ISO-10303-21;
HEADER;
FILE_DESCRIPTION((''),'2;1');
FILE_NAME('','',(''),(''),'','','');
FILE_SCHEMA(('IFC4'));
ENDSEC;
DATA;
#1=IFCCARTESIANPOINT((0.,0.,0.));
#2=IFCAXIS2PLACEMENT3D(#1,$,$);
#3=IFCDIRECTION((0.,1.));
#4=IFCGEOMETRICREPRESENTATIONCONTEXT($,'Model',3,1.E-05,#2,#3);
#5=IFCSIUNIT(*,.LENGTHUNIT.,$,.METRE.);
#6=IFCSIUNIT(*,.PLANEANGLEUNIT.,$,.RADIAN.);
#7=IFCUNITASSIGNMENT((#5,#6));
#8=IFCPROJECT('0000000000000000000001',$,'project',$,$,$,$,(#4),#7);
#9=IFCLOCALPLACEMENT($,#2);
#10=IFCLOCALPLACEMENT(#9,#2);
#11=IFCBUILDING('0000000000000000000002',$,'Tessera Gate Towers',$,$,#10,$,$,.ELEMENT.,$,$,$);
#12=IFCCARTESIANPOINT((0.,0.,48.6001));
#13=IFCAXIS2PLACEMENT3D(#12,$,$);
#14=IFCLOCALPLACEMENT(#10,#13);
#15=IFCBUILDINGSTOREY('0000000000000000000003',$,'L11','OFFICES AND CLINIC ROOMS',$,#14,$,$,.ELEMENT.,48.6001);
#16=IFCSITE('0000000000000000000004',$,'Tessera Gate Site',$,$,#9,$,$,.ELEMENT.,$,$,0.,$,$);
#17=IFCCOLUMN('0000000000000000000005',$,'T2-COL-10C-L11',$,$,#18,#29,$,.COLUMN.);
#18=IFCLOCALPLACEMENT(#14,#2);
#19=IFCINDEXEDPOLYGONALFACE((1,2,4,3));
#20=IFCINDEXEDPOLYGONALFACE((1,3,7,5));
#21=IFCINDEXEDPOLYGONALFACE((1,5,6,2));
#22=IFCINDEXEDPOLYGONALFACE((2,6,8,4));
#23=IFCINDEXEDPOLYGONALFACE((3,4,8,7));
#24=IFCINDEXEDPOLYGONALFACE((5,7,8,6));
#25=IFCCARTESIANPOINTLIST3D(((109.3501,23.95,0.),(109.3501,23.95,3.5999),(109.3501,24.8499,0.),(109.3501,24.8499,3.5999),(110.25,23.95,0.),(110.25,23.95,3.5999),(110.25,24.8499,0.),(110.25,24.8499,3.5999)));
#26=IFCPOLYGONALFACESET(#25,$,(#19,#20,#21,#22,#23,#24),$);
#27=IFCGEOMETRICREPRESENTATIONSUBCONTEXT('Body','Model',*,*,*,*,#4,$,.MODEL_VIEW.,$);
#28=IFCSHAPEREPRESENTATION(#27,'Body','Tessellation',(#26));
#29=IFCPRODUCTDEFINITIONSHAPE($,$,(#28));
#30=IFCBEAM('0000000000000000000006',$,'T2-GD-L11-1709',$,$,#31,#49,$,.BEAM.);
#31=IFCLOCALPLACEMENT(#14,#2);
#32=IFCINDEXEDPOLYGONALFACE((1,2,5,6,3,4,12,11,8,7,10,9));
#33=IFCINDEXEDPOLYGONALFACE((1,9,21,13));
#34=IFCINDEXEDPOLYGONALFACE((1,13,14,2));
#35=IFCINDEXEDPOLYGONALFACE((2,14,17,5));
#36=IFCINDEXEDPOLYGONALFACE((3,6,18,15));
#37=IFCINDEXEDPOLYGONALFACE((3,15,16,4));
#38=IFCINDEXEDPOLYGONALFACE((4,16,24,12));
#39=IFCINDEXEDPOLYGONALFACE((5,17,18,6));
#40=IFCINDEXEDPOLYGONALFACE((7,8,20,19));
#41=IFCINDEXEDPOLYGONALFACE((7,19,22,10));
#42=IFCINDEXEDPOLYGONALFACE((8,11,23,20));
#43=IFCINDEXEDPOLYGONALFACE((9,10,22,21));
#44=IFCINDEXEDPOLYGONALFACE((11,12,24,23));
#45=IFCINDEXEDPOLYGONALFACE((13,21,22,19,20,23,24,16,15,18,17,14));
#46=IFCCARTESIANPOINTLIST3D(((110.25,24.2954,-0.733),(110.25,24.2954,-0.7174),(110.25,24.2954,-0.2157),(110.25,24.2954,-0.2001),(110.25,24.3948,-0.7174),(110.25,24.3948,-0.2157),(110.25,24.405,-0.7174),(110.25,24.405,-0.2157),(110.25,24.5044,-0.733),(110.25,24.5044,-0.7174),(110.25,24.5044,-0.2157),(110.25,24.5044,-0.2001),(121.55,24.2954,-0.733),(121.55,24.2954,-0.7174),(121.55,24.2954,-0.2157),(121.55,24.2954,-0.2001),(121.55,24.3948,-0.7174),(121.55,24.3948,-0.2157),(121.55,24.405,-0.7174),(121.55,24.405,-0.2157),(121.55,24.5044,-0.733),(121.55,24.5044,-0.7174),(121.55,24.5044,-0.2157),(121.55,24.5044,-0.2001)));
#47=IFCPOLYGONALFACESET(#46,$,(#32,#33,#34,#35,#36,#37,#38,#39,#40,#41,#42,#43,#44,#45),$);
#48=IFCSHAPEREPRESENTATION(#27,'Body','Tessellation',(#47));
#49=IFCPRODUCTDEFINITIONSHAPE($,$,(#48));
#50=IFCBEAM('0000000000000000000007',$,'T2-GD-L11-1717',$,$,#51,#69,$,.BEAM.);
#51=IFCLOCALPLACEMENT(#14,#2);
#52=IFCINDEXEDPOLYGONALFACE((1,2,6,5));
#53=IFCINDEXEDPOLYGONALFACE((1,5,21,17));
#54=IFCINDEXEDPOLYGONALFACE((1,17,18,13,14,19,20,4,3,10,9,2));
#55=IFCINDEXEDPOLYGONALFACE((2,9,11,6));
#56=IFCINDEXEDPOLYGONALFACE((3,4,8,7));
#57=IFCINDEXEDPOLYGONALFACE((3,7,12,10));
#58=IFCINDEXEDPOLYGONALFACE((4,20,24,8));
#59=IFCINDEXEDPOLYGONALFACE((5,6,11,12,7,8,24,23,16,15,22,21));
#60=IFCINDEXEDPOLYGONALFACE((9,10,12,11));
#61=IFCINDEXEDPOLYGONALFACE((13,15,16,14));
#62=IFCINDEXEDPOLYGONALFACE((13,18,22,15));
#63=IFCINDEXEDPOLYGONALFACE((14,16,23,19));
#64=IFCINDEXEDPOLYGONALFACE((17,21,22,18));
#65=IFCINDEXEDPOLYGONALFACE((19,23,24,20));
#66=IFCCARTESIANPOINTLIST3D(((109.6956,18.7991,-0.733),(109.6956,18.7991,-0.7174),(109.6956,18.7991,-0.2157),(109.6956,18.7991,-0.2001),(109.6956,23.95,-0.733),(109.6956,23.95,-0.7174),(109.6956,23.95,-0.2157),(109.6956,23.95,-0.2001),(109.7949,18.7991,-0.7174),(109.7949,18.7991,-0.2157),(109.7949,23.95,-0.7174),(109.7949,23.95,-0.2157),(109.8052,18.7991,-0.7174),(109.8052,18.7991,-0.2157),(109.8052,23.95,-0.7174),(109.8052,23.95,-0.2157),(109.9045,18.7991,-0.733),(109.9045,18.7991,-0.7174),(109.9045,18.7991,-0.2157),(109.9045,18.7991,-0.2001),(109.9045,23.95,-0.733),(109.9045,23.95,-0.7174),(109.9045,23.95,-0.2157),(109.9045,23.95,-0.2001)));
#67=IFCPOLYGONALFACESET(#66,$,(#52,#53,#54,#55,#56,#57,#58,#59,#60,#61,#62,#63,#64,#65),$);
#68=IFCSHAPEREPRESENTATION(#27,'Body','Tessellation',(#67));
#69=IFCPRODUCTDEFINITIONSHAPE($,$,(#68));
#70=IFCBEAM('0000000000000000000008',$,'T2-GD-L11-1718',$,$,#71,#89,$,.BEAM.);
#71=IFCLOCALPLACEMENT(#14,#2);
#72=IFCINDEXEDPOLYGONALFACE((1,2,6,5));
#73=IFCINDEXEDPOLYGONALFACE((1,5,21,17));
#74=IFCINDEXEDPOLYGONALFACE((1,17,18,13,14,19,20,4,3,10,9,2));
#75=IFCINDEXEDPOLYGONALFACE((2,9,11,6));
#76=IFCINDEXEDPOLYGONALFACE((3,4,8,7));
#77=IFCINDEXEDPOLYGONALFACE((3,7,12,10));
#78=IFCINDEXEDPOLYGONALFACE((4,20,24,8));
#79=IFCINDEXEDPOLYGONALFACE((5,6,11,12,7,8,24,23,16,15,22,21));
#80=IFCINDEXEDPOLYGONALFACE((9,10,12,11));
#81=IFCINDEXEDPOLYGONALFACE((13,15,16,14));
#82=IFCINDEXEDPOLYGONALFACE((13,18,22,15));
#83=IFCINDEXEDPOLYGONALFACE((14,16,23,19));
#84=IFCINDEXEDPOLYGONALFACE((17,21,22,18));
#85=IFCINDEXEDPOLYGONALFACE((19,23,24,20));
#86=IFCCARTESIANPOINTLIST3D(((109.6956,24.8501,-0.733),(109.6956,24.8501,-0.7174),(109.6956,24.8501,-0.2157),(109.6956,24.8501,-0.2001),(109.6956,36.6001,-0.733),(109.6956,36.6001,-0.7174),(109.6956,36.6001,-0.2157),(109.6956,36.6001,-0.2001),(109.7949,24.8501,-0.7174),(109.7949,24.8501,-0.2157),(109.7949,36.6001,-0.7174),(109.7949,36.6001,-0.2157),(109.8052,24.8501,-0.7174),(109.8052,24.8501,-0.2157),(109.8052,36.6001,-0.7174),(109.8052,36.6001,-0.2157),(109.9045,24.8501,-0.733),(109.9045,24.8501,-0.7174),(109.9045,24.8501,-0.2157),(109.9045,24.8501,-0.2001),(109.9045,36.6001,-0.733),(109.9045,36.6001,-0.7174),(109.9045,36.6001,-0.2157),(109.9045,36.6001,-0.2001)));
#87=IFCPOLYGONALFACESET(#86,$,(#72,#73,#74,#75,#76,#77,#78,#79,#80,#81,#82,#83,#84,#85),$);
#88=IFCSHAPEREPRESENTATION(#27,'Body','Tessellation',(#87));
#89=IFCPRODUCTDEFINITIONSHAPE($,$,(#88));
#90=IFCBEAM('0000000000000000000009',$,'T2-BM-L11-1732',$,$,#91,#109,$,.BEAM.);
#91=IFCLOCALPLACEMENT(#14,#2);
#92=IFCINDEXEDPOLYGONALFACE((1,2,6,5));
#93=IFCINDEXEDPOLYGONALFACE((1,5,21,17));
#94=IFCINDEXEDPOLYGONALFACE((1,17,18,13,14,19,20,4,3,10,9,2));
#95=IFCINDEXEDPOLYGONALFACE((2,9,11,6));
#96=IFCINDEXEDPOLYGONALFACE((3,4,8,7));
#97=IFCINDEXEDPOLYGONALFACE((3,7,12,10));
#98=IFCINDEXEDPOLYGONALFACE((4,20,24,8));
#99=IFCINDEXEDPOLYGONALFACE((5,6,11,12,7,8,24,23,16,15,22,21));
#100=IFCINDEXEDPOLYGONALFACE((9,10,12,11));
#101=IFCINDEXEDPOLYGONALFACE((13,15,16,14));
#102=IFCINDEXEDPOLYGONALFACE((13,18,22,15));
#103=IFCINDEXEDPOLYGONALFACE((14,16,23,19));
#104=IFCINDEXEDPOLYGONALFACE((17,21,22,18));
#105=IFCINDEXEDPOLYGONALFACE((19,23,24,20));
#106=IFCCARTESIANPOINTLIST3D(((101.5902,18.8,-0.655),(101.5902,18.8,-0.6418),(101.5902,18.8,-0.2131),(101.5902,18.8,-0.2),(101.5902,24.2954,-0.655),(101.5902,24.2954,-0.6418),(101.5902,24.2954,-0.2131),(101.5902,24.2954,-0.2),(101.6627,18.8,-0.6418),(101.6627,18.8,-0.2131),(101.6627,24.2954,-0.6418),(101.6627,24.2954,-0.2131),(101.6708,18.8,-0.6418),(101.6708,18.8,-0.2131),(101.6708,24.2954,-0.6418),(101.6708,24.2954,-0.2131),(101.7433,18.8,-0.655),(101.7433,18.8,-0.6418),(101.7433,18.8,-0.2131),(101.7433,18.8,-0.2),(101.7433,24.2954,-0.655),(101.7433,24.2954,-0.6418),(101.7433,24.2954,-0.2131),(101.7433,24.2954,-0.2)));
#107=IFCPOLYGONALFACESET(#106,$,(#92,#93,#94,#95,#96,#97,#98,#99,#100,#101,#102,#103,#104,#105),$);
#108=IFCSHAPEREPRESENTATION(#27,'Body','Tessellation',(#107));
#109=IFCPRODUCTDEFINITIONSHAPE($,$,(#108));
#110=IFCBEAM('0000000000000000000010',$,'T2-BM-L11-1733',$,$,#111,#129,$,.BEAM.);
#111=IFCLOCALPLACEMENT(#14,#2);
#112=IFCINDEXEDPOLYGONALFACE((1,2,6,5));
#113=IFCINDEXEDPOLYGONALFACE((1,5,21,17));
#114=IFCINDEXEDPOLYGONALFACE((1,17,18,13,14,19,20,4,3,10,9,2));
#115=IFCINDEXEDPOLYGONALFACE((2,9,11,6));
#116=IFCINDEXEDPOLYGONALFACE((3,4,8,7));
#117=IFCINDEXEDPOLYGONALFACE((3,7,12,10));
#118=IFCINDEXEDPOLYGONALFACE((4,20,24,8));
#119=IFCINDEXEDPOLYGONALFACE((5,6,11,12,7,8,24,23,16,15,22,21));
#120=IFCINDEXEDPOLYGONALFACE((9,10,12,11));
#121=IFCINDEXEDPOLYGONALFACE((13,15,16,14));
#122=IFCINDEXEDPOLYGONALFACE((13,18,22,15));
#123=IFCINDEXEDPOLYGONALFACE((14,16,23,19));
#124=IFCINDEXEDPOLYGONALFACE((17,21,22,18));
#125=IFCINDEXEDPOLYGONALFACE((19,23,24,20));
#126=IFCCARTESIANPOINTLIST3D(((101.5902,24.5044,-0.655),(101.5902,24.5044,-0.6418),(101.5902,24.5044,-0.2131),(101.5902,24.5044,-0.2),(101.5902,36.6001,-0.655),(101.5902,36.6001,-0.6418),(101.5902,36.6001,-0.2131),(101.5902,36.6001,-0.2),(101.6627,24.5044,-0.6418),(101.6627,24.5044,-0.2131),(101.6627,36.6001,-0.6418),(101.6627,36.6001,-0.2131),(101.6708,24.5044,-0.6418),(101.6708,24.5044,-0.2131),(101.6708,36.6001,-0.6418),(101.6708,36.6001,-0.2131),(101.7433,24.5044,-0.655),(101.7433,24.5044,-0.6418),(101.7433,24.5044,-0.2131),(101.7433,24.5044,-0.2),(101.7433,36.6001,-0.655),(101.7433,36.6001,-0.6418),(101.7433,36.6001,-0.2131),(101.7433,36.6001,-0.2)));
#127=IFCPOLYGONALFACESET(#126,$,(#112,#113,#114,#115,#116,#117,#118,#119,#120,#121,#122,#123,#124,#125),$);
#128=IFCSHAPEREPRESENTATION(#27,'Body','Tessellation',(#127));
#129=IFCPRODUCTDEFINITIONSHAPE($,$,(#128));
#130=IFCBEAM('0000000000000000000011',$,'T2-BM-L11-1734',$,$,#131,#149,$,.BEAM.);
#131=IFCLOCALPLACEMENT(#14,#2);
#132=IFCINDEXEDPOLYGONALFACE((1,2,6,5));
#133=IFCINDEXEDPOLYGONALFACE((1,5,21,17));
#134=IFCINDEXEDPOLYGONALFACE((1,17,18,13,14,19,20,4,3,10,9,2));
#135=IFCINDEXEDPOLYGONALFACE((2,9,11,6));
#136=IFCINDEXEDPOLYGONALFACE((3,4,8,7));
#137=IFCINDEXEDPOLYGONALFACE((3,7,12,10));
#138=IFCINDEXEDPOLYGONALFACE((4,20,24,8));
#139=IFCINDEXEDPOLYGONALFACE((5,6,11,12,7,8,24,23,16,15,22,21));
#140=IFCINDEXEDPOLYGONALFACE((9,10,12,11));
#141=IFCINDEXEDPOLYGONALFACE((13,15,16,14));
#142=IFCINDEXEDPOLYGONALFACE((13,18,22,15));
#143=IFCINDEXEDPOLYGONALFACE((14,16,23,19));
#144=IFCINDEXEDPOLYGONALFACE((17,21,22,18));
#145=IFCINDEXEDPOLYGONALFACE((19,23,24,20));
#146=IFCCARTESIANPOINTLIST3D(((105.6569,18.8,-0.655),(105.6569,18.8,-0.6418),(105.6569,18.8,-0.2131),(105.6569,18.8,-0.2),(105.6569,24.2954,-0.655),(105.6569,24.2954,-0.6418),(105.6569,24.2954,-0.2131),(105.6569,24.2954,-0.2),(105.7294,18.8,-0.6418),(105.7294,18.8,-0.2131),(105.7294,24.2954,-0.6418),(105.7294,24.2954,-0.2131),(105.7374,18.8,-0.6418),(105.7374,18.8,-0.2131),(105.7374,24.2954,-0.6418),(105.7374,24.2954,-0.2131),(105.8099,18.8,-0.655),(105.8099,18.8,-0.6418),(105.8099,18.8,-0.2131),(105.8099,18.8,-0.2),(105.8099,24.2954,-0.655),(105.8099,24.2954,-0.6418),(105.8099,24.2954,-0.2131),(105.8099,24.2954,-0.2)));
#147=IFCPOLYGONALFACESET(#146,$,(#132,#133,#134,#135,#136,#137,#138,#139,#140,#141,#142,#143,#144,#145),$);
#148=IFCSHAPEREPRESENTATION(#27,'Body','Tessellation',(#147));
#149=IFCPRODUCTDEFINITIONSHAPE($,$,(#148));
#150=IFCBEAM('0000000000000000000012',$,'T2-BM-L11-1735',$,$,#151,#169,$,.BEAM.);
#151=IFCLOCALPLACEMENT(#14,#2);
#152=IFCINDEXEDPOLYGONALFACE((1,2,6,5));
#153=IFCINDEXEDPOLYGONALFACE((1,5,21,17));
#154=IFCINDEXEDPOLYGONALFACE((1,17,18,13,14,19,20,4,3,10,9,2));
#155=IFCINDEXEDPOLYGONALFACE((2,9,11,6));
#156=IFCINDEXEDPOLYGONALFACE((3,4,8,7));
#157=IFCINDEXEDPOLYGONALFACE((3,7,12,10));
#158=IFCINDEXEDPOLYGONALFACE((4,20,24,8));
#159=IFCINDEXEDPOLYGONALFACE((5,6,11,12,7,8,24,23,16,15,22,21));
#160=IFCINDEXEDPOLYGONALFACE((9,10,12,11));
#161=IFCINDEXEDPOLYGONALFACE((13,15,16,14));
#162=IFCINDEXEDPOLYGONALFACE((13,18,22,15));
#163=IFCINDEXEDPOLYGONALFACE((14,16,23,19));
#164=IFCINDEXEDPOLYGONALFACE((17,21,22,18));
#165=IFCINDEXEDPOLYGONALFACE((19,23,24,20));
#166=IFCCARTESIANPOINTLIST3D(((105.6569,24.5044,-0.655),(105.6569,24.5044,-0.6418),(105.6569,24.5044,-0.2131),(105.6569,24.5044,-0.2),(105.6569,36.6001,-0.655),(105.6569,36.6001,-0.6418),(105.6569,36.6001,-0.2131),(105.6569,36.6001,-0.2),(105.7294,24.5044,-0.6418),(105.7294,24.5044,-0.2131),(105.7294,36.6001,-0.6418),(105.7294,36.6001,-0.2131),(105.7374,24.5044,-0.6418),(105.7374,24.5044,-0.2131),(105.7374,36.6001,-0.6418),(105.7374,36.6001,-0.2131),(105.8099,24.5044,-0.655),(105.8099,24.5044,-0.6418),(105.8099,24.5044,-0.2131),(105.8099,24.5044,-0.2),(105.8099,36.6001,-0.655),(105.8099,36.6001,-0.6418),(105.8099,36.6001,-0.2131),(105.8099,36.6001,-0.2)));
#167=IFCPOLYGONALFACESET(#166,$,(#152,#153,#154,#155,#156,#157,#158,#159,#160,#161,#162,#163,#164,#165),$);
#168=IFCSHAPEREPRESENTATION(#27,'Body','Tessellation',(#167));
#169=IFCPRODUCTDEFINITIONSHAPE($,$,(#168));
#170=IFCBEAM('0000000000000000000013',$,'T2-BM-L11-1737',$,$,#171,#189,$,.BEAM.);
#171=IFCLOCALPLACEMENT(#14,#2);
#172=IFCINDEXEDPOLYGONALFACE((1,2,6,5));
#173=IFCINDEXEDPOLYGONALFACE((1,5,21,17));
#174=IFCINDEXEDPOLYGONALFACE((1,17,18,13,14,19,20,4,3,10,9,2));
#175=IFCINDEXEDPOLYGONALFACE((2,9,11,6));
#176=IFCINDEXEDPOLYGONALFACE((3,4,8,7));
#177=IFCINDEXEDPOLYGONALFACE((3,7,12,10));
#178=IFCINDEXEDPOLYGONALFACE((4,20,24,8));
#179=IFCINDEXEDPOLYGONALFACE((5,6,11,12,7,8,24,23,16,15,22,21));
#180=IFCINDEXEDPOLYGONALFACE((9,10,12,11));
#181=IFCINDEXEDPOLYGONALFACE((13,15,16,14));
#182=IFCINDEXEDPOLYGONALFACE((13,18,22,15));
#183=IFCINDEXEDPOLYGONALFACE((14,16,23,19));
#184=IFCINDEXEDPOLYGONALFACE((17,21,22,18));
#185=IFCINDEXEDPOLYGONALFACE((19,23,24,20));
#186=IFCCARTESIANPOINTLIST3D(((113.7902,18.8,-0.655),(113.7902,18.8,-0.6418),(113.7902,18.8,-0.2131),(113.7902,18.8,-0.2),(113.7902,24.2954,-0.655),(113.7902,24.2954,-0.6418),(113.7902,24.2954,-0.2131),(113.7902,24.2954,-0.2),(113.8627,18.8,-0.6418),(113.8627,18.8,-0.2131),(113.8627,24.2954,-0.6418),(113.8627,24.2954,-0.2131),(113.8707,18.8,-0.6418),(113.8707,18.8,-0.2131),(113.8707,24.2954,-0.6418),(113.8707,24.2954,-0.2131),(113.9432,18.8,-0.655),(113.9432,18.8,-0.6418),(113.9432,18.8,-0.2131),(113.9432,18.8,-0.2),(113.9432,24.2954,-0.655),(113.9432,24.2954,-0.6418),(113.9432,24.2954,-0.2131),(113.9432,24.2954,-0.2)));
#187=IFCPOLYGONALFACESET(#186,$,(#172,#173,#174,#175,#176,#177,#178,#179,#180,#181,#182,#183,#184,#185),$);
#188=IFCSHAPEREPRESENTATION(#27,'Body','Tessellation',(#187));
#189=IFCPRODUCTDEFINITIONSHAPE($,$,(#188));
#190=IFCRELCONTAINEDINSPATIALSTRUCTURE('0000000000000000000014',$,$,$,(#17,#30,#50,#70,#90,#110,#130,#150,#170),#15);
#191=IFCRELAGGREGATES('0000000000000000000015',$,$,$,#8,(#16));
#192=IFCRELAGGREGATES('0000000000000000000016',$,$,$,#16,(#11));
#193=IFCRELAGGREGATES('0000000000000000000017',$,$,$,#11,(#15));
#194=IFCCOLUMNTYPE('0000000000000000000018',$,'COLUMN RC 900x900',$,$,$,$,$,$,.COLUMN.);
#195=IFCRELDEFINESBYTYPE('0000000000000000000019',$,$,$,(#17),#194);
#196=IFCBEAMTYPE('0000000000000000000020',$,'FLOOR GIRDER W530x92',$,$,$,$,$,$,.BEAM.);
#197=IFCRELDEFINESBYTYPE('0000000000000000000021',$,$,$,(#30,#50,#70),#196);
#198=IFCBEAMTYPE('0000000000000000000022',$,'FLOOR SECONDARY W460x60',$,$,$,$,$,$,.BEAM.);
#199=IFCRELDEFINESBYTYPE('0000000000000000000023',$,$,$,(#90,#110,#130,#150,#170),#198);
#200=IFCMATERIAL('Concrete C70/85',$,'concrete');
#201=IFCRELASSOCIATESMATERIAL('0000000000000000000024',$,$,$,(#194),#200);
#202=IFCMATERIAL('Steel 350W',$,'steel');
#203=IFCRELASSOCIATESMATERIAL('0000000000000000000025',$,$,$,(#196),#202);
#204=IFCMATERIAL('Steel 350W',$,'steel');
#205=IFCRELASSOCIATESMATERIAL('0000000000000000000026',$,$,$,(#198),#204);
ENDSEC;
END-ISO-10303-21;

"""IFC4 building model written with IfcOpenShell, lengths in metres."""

from ifc_helpers import new_model, si_unit, direction, frame, origin, origin_2d, place, context, subcontext, project, spatial, rectangle, i_section, extrude, material, material_profile, profile_set, type_object, element, save


model = new_model("IFC4")

# Units and contexts
model_context = context("Model", 3, precision=1e-05, world=origin(), true_north=direction((0.0, 1.0)))
body_context = subcontext(model_context, "Body", "Model", "MODEL_VIEW")
ifc_project = project(units=[si_unit("LENGTHUNIT", "METRE"), si_unit("PLANEANGLEUNIT", "RADIAN")], contexts=[model_context])

# Site, building, storey
site_placement = place(None, origin())
site = spatial("IfcSite", under=ifc_project, at=site_placement, Name="Tessera Gate Site", CompositionType="ELEMENT", RefElevation=0.0)
building_placement = place(site_placement, origin())
building = spatial("IfcBuilding", under=site, at=building_placement, Name="Tessera Gate Towers", CompositionType="ELEMENT")
storey_placement = place(building_placement, frame((0.0, 0.0, 48.6001)))
storey = spatial("IfcBuildingStorey", under=building, at=storey_placement, Name="L11", Description="OFFICES AND CLINIC ROOMS", CompositionType="ELEMENT", Elevation=48.6001)

# Column
ifc_material_1 = material(Name="Concrete C70/85", Category="concrete")
ifc_material_profile_1 = material_profile(ifc_material_1, rectangle(XDim=0.8999, YDim=0.8999, at=origin_2d()), Name="RC 900x900")
ifc_profile_set_1 = profile_set([ifc_material_profile_1], Name="Concrete C70/85")
column_type = type_object("IfcColumnType", Name="COLUMN RC 900x900", PredefinedType="COLUMN", material=ifc_profile_set_1)
column_placement = place(storey_placement, frame((109.8, 24.3999, 0.0), z_axis=(0.0, 0.0, 1.0), x_axis=(1.0, 0.0, 0.0)))
element("IfcColumn", 1, at=column_placement, inside=storey, type_object=column_type, Name="T2-COL-10C-L11", PredefinedType="COLUMN", context=body_context, shape_type="SweptSolid", body=[
    extrude(rectangle(XDim=0.8999, YDim=0.8999, at=origin_2d()), origin(), (0.0, 0.0, 1.0), 3.5999),
])

# Beams
ifc_material_2 = material(Name="Steel 350W", Category="steel")
ifc_material_profile_2 = material_profile(ifc_material_2, i_section(OverallWidth=0.209, OverallDepth=0.533, WebThickness=0.0103, FlangeThickness=0.0156, at=origin_2d()), Name="W530x92")
ifc_profile_set_2 = profile_set([ifc_material_profile_2], Name="Steel 350W")
beam_type_1 = type_object("IfcBeamType", Name="FLOOR GIRDER W530x92", PredefinedType="BEAM", material=ifc_profile_set_2)
beam_1_placement = place(storey_placement, frame((110.25, 24.3999, -0.4666), z_axis=(1.0, 0.0, 0.0), x_axis=(0.0, 1.0, 0.0)))
element("IfcBeam", 2, at=beam_1_placement, inside=storey, type_object=beam_type_1, Name="T2-GD-L11-1709", PredefinedType="BEAM", context=body_context, shape_type="SweptSolid", body=[
    extrude(i_section(OverallWidth=0.209, OverallDepth=0.533, WebThickness=0.0103, FlangeThickness=0.0156, at=origin_2d()), origin(), (0.0, 0.0, 1.0), 11.3),
])
beam_2_placement = place(storey_placement, frame((109.8, 18.7991, -0.4666), z_axis=(0.0, 1.0, 0.0), x_axis=(-1.0, 0.0, 0.0)))
element("IfcBeam", 3, at=beam_2_placement, inside=storey, type_object=beam_type_1, Name="T2-GD-L11-1717", PredefinedType="BEAM", context=body_context, shape_type="SweptSolid", body=[
    extrude(i_section(OverallWidth=0.209, OverallDepth=0.533, WebThickness=0.0103, FlangeThickness=0.0156, at=origin_2d()), origin(), (0.0, 0.0, 1.0), 5.1509),
])
beam_3_placement = place(storey_placement, frame((109.8, 24.8501, -0.4666), z_axis=(0.0, 1.0, 0.0), x_axis=(-1.0, 0.0, 0.0)))
element("IfcBeam", 4, at=beam_3_placement, inside=storey, type_object=beam_type_1, Name="T2-GD-L11-1718", PredefinedType="BEAM", context=body_context, shape_type="SweptSolid", body=[
    extrude(i_section(OverallWidth=0.209, OverallDepth=0.533, WebThickness=0.0103, FlangeThickness=0.0156, at=origin_2d()), origin(), (0.0, 0.0, 1.0), 11.75),
])
ifc_material_3 = material(Name="Steel 350W", Category="steel")
ifc_material_profile_3 = material_profile(ifc_material_3, i_section(OverallWidth=0.1531, OverallDepth=0.4551, WebThickness=0.0081, FlangeThickness=0.0132, at=origin_2d()), Name="W460x60")
ifc_profile_set_3 = profile_set([ifc_material_profile_3], Name="Steel 350W")
beam_type_2 = type_object("IfcBeamType", Name="FLOOR SECONDARY W460x60", PredefinedType="BEAM", material=ifc_profile_set_3)
beam_4_placement = place(storey_placement, frame((101.6667, 18.8, -0.4275), z_axis=(0.0, 1.0, 0.0), x_axis=(-1.0, 0.0, 0.0)))
element("IfcBeam", 5, at=beam_4_placement, inside=storey, type_object=beam_type_2, Name="T2-BM-L11-1732", PredefinedType="BEAM", context=body_context, shape_type="SweptSolid", body=[
    extrude(i_section(OverallWidth=0.1531, OverallDepth=0.4551, WebThickness=0.0081, FlangeThickness=0.0132, at=origin_2d()), origin(), (0.0, 0.0, 1.0), 5.4954),
])
beam_5_placement = place(storey_placement, frame((101.6667, 24.5044, -0.4275), z_axis=(0.0, 1.0, 0.0), x_axis=(-1.0, 0.0, 0.0)))
element("IfcBeam", 6, at=beam_5_placement, inside=storey, type_object=beam_type_2, Name="T2-BM-L11-1733", PredefinedType="BEAM", context=body_context, shape_type="SweptSolid", body=[
    extrude(i_section(OverallWidth=0.1531, OverallDepth=0.4551, WebThickness=0.0081, FlangeThickness=0.0132, at=origin_2d()), origin(), (0.0, 0.0, 1.0), 12.0957),
])
beam_6_placement = place(storey_placement, frame((105.7334, 18.8, -0.4275), z_axis=(0.0, 1.0, 0.0), x_axis=(-1.0, 0.0, 0.0)))
element("IfcBeam", 7, at=beam_6_placement, inside=storey, type_object=beam_type_2, Name="T2-BM-L11-1734", PredefinedType="BEAM", context=body_context, shape_type="SweptSolid", body=[
    extrude(i_section(OverallWidth=0.1531, OverallDepth=0.4551, WebThickness=0.0081, FlangeThickness=0.0132, at=origin_2d()), origin(), (0.0, 0.0, 1.0), 5.4954),
])
beam_7_placement = place(storey_placement, frame((105.7334, 24.5044, -0.4275), z_axis=(0.0, 1.0, 0.0), x_axis=(-1.0, 0.0, 0.0)))
element("IfcBeam", 8, at=beam_7_placement, inside=storey, type_object=beam_type_2, Name="T2-BM-L11-1735", PredefinedType="BEAM", context=body_context, shape_type="SweptSolid", body=[
    extrude(i_section(OverallWidth=0.1531, OverallDepth=0.4551, WebThickness=0.0081, FlangeThickness=0.0132, at=origin_2d()), origin(), (0.0, 0.0, 1.0), 12.0957),
])
beam_8_placement = place(storey_placement, frame((113.8667, 18.8, -0.4275), z_axis=(0.0, 1.0, 0.0), x_axis=(-1.0, 0.0, 0.0)))
element("IfcBeam", 9, at=beam_8_placement, inside=storey, type_object=beam_type_2, Name="T2-BM-L11-1737", PredefinedType="BEAM", context=body_context, shape_type="SweptSolid", body=[
    extrude(i_section(OverallWidth=0.1531, OverallDepth=0.4551, WebThickness=0.0081, FlangeThickness=0.0132, at=origin_2d()), origin(), (0.0, 0.0, 1.0), 5.4954),
])

save(model, "model.ifc")
